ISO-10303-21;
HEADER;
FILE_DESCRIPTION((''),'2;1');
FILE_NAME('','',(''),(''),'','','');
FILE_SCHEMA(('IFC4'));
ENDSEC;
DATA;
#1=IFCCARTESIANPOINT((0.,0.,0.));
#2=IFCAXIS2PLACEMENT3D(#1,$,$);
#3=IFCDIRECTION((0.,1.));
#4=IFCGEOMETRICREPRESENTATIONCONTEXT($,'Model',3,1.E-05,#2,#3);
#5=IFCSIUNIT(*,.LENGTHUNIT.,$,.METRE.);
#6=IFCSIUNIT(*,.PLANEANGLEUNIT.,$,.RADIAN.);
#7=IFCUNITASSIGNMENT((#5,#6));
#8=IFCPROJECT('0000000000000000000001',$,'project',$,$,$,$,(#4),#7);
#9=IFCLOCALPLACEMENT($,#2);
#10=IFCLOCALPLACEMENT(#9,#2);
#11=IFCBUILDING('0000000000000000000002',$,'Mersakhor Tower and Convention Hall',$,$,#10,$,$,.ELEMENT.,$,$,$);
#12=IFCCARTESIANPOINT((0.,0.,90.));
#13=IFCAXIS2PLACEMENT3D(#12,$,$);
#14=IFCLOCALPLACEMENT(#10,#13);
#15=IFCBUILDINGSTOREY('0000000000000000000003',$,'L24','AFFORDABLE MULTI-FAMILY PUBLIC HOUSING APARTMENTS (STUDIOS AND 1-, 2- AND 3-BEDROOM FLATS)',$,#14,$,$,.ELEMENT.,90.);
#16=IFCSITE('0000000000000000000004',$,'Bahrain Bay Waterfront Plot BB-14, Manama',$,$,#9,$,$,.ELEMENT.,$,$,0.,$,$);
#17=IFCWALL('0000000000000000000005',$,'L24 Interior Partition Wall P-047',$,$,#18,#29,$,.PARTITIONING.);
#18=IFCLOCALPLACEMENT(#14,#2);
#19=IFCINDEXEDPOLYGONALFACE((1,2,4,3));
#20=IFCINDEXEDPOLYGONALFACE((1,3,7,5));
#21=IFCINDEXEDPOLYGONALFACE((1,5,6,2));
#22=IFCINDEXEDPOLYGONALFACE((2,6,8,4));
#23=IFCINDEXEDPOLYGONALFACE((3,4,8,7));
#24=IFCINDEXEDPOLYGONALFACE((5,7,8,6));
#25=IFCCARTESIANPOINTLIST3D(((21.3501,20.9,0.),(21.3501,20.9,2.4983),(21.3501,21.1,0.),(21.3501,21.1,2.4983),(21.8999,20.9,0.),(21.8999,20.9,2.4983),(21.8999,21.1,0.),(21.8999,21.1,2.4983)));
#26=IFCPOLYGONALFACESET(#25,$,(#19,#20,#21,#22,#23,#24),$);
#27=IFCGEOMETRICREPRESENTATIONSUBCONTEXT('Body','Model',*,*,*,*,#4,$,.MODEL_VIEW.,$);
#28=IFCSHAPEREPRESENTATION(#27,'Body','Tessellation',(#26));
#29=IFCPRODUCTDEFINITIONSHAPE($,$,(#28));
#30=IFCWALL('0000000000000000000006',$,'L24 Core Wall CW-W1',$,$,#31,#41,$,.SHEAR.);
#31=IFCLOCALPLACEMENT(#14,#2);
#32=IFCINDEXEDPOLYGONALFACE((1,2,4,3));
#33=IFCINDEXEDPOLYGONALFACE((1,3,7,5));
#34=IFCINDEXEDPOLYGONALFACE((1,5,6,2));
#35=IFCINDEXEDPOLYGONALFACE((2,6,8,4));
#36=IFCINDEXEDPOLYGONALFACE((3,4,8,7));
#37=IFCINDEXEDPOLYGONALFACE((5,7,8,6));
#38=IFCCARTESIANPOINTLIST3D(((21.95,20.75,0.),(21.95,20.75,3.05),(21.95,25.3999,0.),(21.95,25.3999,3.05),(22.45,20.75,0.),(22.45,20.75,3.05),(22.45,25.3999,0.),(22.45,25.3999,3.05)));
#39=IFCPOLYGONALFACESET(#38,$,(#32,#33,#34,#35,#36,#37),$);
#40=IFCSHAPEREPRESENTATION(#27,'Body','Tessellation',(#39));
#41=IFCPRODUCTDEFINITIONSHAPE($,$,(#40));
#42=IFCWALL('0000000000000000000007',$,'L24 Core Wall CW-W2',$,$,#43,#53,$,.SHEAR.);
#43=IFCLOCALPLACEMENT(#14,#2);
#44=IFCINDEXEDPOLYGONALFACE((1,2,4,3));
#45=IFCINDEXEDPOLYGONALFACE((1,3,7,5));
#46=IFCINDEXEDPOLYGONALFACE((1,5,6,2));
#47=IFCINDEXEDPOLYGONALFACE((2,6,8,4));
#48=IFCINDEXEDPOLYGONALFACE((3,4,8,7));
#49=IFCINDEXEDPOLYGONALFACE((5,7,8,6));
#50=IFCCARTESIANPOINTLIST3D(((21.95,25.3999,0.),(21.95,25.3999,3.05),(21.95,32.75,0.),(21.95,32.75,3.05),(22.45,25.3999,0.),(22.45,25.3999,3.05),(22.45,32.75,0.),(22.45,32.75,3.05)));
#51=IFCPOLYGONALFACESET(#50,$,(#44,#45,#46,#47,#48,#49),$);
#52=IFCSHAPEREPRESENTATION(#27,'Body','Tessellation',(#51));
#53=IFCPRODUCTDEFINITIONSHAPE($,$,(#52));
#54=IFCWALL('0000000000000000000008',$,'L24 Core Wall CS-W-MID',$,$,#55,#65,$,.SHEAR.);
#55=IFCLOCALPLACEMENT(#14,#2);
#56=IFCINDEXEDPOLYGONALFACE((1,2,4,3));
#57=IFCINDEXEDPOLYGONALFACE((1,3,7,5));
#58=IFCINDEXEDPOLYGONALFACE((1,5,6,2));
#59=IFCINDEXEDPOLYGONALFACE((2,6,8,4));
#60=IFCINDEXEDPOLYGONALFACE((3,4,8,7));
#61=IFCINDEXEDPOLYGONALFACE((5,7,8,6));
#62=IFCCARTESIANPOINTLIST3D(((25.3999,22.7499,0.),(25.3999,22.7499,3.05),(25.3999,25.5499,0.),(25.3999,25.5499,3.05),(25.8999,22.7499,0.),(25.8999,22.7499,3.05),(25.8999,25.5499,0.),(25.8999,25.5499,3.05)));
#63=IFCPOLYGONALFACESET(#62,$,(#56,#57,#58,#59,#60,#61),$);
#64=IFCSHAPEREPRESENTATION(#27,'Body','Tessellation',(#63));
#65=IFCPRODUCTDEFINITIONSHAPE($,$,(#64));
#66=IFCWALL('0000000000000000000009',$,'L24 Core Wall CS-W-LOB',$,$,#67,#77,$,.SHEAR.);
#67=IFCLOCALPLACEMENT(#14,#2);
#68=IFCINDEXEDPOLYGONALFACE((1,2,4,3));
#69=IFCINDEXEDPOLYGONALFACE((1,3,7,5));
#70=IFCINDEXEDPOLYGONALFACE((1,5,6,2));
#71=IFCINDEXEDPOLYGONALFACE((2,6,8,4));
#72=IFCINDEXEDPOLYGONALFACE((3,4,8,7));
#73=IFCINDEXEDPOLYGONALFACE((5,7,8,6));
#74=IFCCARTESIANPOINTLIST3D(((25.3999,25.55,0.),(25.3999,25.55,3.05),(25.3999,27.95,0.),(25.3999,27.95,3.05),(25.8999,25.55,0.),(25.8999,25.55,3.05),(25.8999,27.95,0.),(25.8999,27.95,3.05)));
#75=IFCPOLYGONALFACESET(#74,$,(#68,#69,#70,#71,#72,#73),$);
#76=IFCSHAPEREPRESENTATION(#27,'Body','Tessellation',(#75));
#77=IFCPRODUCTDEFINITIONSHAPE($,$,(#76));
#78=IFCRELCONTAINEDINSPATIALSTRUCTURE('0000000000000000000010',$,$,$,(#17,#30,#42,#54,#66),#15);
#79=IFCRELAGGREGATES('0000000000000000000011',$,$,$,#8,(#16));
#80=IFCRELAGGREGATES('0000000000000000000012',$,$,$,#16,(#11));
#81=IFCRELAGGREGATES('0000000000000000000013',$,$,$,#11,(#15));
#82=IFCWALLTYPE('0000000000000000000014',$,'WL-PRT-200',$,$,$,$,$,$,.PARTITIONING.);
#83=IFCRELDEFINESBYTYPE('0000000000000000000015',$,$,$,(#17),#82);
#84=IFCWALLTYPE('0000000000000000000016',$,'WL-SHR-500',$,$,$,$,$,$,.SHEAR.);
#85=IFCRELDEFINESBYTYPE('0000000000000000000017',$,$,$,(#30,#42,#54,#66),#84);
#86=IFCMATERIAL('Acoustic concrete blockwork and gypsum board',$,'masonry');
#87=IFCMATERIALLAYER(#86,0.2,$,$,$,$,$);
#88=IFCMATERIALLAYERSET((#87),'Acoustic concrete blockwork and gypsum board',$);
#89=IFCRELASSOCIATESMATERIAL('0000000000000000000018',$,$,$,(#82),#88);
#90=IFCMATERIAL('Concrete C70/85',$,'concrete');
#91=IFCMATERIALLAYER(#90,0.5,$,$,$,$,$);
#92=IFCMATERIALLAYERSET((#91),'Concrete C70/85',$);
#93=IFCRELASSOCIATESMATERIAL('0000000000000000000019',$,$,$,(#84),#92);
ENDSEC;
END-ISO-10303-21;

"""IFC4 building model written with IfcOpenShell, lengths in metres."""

from ifc_helpers import new_model, si_unit, direction, frame, frame_2d, origin, place, context, subcontext, project, spatial, rectangle, extrude, material, layer, layer_set, type_object, element, save


model = new_model("IFC4")

# Units and contexts
model_context = context("Model", 3, precision=1e-05, world=origin(), true_north=direction((0.0, 1.0)))
body_context = subcontext(model_context, "Body", "Model", "MODEL_VIEW")
ifc_project = project(units=[si_unit("LENGTHUNIT", "METRE"), si_unit("PLANEANGLEUNIT", "RADIAN")], contexts=[model_context])

# Site, building, storey
site_placement = place(None, origin())
site = spatial("IfcSite", under=ifc_project, at=site_placement, Name="Bahrain Bay Waterfront Plot BB-14, Manama", CompositionType="ELEMENT", RefElevation=0.0)
building_placement = place(site_placement, origin())
building = spatial("IfcBuilding", under=site, at=building_placement, Name="Mersakhor Tower and Convention Hall", CompositionType="ELEMENT")
storey_placement = place(building_placement, frame((0.0, 0.0, 90.0)))
storey = spatial("IfcBuildingStorey", under=building, at=storey_placement, Name="L24", Description="AFFORDABLE MULTI-FAMILY PUBLIC HOUSING APARTMENTS (STUDIOS AND 1-, 2- AND 3-BEDROOM FLATS)", CompositionType="ELEMENT", Elevation=90.0)

# Shared definitions
ifc_material_1 = material(Name="Acoustic concrete blockwork and gypsum board", Category="masonry")
ifc_layer_1 = layer(ifc_material_1, 0.2)
ifc_layer_set_1 = layer_set([ifc_layer_1], Name="Acoustic concrete blockwork and gypsum board")
wall_type_1 = type_object("IfcWallType", Name="WL-PRT-200", PredefinedType="PARTITIONING", material=ifc_layer_set_1)

# Wall
wall_1_placement = place(storey_placement, frame((21.8999, 21.0, 0.0), z_axis=(0.0, 0.0, 1.0), x_axis=(-1.0, 0.0, 0.0)))
element("IfcWall", 1, at=wall_1_placement, inside=storey, type_object=wall_type_1, Name="L24 Interior Partition Wall P-047", PredefinedType="PARTITIONING", context=body_context, shape_type="SweptSolid", body=[
    extrude(rectangle(XDim=0.5498, YDim=0.2, at=frame_2d((0.2749, 0.0))), origin(), (0.0, 0.0, 1.0), 2.4983),
])

# Walls
ifc_material_2 = material(Name="Concrete C70/85", Category="concrete")
ifc_layer_2 = layer(ifc_material_2, 0.5)
ifc_layer_set_2 = layer_set([ifc_layer_2], Name="Concrete C70/85")
wall_type_2 = type_object("IfcWallType", Name="WL-SHR-500", PredefinedType="SHEAR", material=ifc_layer_set_2)
wall_2_placement = place(storey_placement, frame((22.2, 20.75, 0.0), z_axis=(0.0, 0.0, 1.0), x_axis=(0.0, 1.0, 0.0)))
element("IfcWall", 2, at=wall_2_placement, inside=storey, type_object=wall_type_2, Name="L24 Core Wall CW-W1", PredefinedType="SHEAR", context=body_context, shape_type="SweptSolid", body=[
    extrude(rectangle(XDim=4.6499, YDim=0.5, at=frame_2d((2.325, 0.0))), origin(), (0.0, 0.0, 1.0), 3.05),
])
wall_3_placement = place(storey_placement, frame((22.2, 25.3999, 0.0), z_axis=(0.0, 0.0, 1.0), x_axis=(0.0, 1.0, 0.0)))
element("IfcWall", 3, at=wall_3_placement, inside=storey, type_object=wall_type_2, Name="L24 Core Wall CW-W2", PredefinedType="SHEAR", context=body_context, shape_type="SweptSolid", body=[
    extrude(rectangle(XDim=7.3501, YDim=0.5, at=frame_2d((3.675, 0.0))), origin(), (0.0, 0.0, 1.0), 3.05),
])

# Walls
wall_4_placement = place(storey_placement, frame((25.6499, 22.75, 0.0), z_axis=(0.0, 0.0, 1.0), x_axis=(0.0, 1.0, 0.0)))
element("IfcWall", 4, at=wall_4_placement, inside=storey, type_object=wall_type_2, Name="L24 Core Wall CS-W-MID", PredefinedType="SHEAR", context=body_context, shape_type="SweptSolid", body=[
    extrude(rectangle(XDim=2.8, YDim=0.5, at=frame_2d((1.3999, 0.0))), origin(), (0.0, 0.0, 1.0), 3.05),
])
wall_5_placement = place(storey_placement, frame((25.6499, 25.55, 0.0), z_axis=(0.0, 0.0, 1.0), x_axis=(0.0, 1.0, 0.0)))
element("IfcWall", 5, at=wall_5_placement, inside=storey, type_object=wall_type_2, Name="L24 Core Wall CS-W-LOB", PredefinedType="SHEAR", context=body_context, shape_type="SweptSolid", body=[
    extrude(rectangle(XDim=2.3999, YDim=0.5, at=frame_2d((1.2, 0.0))), origin(), (0.0, 0.0, 1.0), 3.05),
])

save(model, "model.ifc")
